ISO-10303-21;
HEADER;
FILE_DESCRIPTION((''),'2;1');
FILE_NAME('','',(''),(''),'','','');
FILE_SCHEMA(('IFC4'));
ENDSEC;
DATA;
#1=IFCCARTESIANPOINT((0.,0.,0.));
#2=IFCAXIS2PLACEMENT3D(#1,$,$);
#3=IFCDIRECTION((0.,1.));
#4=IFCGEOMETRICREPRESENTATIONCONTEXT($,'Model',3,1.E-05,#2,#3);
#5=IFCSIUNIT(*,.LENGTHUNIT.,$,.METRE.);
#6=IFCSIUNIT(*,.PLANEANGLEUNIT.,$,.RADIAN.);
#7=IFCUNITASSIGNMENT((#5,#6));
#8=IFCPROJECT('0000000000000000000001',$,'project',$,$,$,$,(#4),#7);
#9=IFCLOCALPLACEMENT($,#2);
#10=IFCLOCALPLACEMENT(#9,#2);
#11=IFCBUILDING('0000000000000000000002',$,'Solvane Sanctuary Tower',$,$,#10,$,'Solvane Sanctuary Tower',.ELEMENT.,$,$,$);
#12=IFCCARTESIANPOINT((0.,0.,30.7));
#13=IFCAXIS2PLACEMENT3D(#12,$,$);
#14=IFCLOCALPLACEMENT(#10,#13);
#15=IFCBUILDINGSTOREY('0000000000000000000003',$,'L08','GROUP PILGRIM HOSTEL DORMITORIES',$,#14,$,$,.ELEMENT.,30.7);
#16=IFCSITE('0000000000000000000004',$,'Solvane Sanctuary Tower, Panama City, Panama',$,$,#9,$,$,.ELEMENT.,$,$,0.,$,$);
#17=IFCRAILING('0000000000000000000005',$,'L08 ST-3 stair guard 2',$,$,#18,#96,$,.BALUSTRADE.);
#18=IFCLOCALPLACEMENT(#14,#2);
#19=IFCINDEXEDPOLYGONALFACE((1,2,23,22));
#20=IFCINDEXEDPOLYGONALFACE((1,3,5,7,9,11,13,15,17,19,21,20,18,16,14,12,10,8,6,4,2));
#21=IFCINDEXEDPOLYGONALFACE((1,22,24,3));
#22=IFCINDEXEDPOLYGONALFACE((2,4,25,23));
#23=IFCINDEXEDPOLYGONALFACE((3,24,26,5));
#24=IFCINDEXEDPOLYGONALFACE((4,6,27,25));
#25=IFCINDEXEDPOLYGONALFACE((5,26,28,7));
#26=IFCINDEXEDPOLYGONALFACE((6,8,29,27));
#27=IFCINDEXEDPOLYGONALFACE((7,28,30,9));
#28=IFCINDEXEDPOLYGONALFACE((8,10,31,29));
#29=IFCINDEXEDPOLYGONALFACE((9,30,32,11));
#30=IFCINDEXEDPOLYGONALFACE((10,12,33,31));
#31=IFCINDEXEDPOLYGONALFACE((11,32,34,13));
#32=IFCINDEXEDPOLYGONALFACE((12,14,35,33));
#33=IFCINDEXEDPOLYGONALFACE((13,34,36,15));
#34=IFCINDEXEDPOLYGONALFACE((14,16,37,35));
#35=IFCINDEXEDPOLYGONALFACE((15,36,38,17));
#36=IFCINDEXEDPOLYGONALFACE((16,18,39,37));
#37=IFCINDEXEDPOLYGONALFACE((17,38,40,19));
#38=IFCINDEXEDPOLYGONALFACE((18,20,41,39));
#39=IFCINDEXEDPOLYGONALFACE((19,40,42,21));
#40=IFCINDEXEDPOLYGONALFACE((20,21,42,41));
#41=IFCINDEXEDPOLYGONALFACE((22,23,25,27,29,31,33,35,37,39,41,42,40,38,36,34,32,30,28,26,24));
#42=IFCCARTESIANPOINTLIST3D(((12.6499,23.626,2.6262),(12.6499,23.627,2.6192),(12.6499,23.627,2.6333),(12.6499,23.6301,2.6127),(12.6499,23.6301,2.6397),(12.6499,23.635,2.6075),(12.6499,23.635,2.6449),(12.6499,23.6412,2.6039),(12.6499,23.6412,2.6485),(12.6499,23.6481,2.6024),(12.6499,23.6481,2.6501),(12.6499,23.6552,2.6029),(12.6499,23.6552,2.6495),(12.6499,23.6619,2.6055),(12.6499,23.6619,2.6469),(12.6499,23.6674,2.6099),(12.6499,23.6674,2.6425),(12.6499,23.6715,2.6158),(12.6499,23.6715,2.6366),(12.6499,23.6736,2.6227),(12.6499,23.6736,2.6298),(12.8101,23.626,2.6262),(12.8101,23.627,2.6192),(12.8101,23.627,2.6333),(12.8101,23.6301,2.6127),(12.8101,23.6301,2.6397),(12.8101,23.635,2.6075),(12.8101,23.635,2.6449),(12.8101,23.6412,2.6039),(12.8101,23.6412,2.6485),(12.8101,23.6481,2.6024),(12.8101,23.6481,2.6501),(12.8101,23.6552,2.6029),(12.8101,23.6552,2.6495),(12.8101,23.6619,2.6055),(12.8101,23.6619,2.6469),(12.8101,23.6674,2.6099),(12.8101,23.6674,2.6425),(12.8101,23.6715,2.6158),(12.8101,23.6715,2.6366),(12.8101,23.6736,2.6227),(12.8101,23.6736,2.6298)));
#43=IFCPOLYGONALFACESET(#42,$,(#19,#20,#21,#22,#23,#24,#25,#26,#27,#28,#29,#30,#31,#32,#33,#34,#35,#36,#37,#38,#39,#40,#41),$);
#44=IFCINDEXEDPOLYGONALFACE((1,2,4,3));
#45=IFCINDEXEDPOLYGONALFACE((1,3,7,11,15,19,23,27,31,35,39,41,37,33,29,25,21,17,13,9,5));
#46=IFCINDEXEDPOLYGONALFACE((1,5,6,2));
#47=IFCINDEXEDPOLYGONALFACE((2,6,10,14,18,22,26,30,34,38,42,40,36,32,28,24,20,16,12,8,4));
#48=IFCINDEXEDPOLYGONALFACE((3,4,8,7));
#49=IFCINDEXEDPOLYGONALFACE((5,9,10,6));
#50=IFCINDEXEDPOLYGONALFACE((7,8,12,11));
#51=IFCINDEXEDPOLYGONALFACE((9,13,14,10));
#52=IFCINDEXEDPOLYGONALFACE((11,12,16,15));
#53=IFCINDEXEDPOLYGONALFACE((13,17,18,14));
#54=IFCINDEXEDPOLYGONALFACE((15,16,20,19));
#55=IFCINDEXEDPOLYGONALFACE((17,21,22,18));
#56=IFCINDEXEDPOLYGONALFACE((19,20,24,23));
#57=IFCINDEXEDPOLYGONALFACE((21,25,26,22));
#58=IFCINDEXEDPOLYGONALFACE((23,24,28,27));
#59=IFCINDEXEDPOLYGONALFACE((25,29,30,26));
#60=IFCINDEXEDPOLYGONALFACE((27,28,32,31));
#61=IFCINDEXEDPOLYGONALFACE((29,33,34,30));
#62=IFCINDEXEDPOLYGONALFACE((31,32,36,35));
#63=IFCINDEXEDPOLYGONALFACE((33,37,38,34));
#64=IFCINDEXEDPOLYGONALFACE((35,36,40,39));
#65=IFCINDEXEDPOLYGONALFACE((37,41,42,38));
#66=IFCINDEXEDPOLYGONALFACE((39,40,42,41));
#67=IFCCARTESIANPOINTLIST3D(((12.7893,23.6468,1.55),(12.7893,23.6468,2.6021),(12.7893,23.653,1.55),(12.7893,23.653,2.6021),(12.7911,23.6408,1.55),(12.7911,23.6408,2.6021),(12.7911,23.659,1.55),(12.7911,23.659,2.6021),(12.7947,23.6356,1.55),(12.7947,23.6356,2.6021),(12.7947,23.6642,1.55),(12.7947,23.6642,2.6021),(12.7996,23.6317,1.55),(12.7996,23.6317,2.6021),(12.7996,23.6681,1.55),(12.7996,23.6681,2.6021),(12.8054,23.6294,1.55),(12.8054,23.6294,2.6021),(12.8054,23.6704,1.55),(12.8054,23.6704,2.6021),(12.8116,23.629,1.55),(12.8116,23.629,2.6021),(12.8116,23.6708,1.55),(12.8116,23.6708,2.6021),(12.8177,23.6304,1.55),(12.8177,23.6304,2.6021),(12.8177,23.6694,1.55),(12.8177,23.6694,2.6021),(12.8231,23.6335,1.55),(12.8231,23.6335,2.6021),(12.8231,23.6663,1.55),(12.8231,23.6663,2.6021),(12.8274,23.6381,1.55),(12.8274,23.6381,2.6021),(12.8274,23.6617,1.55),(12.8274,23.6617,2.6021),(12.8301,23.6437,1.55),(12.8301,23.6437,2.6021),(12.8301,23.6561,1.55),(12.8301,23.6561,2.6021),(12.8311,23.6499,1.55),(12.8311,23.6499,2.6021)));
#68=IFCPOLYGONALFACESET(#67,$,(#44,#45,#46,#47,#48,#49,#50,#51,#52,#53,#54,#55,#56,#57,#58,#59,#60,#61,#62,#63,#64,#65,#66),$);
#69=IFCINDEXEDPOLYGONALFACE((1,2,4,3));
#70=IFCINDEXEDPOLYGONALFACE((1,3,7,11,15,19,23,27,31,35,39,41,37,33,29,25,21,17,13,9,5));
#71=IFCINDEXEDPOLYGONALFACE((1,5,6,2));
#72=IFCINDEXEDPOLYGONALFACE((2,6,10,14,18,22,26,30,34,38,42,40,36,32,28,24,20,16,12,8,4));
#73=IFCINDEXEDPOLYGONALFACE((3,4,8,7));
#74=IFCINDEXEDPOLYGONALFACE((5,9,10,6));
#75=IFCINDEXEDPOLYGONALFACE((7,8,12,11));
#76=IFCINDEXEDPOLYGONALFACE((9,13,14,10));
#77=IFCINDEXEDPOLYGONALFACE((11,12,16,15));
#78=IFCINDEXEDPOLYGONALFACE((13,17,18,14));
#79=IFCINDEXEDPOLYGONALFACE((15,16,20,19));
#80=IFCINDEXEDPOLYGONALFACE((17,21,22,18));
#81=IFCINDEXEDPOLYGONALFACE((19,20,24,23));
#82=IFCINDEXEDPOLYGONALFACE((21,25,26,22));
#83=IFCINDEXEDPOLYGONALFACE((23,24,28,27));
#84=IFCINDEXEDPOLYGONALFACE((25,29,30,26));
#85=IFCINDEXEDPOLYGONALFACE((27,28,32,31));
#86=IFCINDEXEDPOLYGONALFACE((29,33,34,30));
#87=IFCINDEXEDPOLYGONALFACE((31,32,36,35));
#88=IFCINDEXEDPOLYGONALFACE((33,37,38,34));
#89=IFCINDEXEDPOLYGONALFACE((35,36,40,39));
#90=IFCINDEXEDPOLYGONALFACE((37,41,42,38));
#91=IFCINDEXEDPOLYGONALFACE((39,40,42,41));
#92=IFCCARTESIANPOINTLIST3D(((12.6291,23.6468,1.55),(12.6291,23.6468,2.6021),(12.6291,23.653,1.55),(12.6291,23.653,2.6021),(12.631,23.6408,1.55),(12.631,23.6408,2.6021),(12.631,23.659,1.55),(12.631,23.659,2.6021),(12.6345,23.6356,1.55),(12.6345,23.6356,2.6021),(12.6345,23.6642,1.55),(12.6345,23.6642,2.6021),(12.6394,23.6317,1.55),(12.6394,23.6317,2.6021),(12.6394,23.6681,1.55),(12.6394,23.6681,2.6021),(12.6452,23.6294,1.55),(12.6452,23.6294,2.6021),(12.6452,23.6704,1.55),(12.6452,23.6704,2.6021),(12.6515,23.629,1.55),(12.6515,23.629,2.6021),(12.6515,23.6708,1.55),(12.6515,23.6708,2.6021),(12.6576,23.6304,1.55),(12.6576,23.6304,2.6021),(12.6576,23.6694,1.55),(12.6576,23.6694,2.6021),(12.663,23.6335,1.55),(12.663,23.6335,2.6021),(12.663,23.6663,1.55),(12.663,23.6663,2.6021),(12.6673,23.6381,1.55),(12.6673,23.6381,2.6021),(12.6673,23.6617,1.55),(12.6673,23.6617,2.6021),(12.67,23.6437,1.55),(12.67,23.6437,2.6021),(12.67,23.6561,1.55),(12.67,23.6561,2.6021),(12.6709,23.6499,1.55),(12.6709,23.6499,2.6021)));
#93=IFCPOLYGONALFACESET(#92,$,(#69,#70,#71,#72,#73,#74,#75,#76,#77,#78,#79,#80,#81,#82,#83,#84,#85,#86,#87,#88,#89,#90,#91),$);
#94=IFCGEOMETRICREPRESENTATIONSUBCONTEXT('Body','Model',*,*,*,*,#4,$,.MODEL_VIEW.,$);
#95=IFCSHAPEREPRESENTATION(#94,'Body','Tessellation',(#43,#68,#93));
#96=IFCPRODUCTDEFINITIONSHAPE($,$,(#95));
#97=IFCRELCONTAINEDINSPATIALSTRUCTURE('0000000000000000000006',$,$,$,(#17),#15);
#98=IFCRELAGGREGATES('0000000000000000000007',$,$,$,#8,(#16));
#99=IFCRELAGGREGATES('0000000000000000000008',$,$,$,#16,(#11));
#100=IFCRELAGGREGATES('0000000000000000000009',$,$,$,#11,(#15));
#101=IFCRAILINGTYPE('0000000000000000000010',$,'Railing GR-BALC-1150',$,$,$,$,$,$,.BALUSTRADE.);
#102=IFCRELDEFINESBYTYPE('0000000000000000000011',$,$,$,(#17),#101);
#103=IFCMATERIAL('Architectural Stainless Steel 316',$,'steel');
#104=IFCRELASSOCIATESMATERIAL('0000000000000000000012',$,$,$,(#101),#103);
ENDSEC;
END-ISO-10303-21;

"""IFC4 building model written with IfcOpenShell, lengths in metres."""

from ifc_helpers import new_model, si_unit, direction, frame, origin, origin_2d, place, context, subcontext, project, spatial, circle, extrude, material, type_object, element, save


model = new_model("IFC4")

# Units and contexts
model_context = context("Model", 3, precision=1e-05, world=origin(), true_north=direction((0.0, 1.0)))
body_context = subcontext(model_context, "Body", "Model", "MODEL_VIEW")
ifc_project = project(units=[si_unit("LENGTHUNIT", "METRE"), si_unit("PLANEANGLEUNIT", "RADIAN")], contexts=[model_context])

# Site, building, storey
site_placement = place(None, origin())
site = spatial("IfcSite", under=ifc_project, at=site_placement, Name="Solvane Sanctuary Tower, Panama City, Panama", CompositionType="ELEMENT", RefElevation=0.0)
building_placement = place(site_placement, origin())
building = spatial("IfcBuilding", under=site, at=building_placement, Name="Solvane Sanctuary Tower", LongName="Solvane Sanctuary Tower", CompositionType="ELEMENT")
storey_placement = place(building_placement, frame((0.0, 0.0, 30.7)))
storey = spatial("IfcBuildingStorey", under=building, at=storey_placement, Name="L08", Description="GROUP PILGRIM HOSTEL DORMITORIES", CompositionType="ELEMENT", Elevation=30.7)

# Railing
ifc_material_1 = material(Name="Architectural Stainless Steel 316", Category="steel")
railing_type_1 = type_object("IfcRailingType", Name="Railing GR-BALC-1150", PredefinedType="BALUSTRADE", material=ifc_material_1)
railing_1_placement = place(storey_placement, frame((12.8101, 23.6499, 1.55)))
element("IfcRailing", 1, at=railing_1_placement, inside=storey, type_object=railing_type_1, Name="L08 ST-3 stair guard 2", PredefinedType="BALUSTRADE", context=body_context, shape_type="SweptSolid", body=[
    extrude(circle(Radius=0.0239, at=origin_2d()), frame((0.0, 0.0, 1.0762), z_axis=(-1.0, 0.0, 0.0), x_axis=(0.0, -1.0, 0.0)), (0.0, 0.0, 1.0), 0.1602),
    extrude(circle(Radius=0.021, at=origin_2d()), origin(), (0.0, 0.0, 1.0), 1.052),
    extrude(circle(Radius=0.021, at=origin_2d()), frame((-0.1602, 0.0, 0.0)), (0.0, 0.0, 1.0), 1.052),
])

save(model, "model.ifc")
